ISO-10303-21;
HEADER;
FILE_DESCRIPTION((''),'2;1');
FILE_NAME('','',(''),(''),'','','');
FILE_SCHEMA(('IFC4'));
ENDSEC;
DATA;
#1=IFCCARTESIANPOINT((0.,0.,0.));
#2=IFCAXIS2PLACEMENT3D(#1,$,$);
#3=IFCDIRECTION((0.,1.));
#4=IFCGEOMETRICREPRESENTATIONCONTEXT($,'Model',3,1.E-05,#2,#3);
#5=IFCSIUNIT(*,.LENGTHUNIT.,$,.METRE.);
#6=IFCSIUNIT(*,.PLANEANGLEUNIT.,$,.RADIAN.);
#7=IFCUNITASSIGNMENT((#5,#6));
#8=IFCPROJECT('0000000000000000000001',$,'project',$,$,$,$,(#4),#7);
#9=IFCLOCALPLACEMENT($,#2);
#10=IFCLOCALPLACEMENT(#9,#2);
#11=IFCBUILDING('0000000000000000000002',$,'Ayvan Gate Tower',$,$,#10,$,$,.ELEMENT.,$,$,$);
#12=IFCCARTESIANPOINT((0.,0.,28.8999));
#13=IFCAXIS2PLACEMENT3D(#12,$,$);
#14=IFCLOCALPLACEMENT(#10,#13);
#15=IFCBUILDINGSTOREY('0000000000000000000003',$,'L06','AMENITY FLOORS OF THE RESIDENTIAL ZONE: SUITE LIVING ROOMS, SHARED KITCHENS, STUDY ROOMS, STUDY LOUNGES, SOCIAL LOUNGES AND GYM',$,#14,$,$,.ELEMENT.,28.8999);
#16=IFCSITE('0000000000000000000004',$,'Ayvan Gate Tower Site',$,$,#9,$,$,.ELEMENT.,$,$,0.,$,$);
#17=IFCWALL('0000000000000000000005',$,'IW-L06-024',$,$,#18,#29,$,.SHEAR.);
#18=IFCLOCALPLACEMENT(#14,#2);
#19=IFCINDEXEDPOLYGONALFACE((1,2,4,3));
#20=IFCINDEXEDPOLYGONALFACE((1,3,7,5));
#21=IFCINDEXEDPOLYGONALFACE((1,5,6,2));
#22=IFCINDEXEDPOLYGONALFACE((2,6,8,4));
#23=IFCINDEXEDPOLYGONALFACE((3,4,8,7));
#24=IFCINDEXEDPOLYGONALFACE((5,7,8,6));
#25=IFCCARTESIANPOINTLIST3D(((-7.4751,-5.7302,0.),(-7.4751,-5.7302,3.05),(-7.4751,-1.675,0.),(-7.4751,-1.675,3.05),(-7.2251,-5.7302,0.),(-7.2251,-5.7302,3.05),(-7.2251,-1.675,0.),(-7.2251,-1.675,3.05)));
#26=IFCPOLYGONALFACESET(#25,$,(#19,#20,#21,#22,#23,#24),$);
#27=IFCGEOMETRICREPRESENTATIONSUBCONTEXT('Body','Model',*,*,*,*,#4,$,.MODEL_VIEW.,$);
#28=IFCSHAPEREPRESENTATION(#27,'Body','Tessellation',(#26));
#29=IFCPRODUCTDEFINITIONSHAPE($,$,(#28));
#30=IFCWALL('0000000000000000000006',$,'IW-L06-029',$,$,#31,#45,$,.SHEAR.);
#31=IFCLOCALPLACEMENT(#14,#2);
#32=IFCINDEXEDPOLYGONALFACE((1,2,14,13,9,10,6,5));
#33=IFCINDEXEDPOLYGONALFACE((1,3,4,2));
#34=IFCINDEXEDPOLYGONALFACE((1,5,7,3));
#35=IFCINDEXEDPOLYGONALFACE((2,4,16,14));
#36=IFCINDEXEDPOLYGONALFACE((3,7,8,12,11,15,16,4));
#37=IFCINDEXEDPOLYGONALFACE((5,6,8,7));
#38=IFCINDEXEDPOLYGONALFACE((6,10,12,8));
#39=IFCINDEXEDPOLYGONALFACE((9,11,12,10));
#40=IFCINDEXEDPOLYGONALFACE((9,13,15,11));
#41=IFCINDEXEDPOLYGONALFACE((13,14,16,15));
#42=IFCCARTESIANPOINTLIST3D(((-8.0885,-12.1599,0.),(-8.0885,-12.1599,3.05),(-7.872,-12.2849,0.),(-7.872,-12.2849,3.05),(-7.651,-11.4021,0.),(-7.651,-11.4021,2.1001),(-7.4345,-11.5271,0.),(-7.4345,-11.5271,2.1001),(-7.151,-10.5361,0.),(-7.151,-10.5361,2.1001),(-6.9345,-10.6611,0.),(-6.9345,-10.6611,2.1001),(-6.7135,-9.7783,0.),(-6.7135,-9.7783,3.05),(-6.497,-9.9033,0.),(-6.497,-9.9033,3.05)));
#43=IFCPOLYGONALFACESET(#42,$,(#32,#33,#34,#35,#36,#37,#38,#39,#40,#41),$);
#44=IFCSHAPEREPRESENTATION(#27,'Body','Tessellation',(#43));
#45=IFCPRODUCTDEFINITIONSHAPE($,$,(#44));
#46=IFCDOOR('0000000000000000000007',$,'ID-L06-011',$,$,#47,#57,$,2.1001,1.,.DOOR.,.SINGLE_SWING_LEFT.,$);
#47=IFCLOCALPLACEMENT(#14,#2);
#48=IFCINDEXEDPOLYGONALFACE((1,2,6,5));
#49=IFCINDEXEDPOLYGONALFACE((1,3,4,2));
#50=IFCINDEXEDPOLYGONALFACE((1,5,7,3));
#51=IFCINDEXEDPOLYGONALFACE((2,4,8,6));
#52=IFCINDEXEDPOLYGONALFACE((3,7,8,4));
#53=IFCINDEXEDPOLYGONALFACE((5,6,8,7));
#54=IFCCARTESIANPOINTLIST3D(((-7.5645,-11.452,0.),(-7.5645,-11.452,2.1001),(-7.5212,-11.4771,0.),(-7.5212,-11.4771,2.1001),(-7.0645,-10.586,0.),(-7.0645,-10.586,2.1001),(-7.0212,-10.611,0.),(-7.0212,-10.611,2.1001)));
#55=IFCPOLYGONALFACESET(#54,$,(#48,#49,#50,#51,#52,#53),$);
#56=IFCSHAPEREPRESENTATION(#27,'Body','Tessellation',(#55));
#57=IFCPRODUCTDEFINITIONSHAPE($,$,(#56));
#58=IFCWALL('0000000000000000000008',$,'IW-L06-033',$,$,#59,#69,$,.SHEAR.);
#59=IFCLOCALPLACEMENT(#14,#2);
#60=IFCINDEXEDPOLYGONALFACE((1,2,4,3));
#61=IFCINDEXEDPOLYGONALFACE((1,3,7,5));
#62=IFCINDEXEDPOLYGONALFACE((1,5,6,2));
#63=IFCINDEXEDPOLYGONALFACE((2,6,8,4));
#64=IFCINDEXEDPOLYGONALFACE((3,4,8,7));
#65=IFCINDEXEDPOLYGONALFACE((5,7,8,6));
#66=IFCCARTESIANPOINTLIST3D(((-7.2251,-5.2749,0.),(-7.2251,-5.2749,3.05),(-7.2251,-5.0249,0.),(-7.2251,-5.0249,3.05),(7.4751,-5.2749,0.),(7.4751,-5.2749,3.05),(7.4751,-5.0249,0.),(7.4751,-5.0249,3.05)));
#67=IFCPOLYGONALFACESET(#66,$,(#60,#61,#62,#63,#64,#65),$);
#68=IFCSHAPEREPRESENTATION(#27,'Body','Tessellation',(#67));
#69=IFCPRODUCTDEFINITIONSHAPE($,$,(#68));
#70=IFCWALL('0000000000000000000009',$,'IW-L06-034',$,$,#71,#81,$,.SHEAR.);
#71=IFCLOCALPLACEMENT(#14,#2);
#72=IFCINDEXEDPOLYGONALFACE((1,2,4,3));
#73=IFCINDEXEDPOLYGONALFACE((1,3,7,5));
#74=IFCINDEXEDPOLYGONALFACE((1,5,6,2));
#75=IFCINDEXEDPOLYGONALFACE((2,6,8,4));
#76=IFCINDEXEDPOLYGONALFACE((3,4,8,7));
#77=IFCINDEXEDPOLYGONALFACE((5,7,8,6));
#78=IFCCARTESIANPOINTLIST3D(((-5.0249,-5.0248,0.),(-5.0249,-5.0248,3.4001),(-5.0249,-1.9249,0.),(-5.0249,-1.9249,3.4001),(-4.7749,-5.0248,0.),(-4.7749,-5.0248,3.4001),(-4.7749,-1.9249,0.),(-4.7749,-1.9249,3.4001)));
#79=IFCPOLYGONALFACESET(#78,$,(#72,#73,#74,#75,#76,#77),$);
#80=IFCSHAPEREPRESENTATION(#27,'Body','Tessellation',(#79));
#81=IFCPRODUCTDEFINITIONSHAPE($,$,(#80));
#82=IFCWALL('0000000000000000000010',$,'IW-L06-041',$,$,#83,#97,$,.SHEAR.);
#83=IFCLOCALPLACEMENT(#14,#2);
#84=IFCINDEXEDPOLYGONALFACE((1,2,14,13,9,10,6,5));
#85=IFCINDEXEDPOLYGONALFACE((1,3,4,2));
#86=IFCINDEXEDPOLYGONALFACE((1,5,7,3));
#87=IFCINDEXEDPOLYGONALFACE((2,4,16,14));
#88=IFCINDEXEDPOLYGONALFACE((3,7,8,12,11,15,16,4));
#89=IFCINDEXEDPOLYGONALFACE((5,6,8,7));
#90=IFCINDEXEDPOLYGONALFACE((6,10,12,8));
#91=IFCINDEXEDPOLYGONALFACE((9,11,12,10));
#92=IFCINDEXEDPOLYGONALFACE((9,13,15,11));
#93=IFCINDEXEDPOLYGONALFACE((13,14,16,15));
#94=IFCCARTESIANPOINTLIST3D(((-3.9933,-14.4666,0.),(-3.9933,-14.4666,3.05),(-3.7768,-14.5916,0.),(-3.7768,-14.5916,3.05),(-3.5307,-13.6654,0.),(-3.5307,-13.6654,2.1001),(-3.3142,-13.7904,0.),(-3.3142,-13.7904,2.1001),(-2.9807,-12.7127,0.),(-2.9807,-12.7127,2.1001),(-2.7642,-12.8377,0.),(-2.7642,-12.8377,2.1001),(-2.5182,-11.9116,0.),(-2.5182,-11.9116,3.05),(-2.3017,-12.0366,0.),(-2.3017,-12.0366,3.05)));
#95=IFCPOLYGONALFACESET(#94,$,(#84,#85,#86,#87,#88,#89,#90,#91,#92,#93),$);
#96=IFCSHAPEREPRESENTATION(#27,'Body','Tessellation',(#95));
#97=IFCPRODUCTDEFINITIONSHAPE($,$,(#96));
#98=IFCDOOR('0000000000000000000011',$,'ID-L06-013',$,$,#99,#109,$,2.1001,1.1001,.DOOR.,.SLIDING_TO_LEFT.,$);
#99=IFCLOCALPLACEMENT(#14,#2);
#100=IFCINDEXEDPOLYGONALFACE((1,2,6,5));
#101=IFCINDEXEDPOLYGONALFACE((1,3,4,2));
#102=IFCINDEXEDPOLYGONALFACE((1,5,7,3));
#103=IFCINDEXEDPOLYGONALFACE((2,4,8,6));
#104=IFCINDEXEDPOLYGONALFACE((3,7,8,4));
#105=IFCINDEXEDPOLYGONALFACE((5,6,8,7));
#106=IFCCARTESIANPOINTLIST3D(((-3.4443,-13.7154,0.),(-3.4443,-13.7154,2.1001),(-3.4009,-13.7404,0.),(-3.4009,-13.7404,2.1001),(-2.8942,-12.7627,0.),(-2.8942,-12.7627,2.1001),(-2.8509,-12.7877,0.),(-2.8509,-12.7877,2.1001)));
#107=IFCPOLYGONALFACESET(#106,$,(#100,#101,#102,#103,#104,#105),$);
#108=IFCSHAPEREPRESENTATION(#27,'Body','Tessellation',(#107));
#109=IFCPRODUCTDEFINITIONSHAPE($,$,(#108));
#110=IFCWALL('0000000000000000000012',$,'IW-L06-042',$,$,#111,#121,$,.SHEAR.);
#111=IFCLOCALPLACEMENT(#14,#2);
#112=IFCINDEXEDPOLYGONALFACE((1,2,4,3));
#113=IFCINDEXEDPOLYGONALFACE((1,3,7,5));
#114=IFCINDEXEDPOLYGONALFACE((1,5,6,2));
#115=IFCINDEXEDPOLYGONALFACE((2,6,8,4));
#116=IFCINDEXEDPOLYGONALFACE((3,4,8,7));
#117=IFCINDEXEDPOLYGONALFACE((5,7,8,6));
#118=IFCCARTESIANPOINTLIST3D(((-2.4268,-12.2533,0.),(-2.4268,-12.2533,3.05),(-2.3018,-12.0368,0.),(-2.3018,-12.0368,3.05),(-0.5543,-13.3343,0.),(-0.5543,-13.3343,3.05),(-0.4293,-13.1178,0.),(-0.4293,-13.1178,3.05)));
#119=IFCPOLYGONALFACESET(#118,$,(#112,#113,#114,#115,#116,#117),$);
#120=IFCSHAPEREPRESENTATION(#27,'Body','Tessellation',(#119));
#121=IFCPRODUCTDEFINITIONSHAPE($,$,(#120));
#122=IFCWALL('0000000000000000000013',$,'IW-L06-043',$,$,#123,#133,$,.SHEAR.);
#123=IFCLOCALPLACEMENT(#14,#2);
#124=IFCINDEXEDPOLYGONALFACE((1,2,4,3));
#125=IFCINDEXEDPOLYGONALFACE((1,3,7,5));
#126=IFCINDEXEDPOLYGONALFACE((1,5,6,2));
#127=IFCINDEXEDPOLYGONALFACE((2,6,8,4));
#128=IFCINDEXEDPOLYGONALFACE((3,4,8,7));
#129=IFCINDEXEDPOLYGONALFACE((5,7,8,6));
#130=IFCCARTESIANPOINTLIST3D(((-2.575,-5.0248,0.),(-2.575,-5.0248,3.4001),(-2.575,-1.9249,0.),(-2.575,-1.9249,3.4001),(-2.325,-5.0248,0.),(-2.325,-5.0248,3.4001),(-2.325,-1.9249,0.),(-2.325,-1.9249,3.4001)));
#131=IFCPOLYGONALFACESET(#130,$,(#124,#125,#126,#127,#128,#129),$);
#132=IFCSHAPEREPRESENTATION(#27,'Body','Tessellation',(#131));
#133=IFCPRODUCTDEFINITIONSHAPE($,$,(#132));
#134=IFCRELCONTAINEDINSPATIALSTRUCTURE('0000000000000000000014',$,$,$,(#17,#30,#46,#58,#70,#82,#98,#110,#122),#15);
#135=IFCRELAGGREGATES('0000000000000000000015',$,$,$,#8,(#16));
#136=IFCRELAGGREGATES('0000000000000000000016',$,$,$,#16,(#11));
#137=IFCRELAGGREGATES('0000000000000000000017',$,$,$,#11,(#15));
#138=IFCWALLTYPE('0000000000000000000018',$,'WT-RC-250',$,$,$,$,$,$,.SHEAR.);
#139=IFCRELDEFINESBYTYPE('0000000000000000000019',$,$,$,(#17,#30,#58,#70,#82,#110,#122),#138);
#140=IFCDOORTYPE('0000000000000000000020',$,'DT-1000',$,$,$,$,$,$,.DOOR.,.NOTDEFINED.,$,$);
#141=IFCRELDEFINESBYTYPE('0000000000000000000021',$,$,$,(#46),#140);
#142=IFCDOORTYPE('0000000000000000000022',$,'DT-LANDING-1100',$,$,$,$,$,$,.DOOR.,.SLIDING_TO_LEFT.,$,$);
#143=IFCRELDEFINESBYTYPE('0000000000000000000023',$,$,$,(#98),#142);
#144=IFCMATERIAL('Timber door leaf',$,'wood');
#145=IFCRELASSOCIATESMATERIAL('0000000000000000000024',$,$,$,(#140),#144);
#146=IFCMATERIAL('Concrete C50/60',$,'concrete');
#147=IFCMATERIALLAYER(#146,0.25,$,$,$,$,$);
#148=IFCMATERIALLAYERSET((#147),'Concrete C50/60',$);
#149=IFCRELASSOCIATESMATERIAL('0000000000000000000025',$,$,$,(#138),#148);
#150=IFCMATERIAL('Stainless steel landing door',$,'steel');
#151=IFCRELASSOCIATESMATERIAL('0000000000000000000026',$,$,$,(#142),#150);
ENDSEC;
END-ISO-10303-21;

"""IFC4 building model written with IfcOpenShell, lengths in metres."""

from ifc_helpers import new_model, si_unit, direction, frame, frame_2d, origin, place, context, subcontext, project, spatial, rectangle, extrude, material, layer, layer_set, type_object, element, fill, save


model = new_model("IFC4")

# Units and contexts
model_context = context("Model", 3, precision=1e-05, world=origin(), true_north=direction((0.0, 1.0)))
body_context = subcontext(model_context, "Body", "Model", "MODEL_VIEW")
ifc_project = project(units=[si_unit("LENGTHUNIT", "METRE"), si_unit("PLANEANGLEUNIT", "RADIAN")], contexts=[model_context])

# Site, building, storey
site_placement = place(None, origin())
site = spatial("IfcSite", under=ifc_project, at=site_placement, Name="Ayvan Gate Tower Site", CompositionType="ELEMENT", RefElevation=0.0)
building_placement = place(site_placement, origin())
building = spatial("IfcBuilding", under=site, at=building_placement, Name="Ayvan Gate Tower", CompositionType="ELEMENT")
storey_placement = place(building_placement, frame((0.0, 0.0, 28.8999)))
storey = spatial("IfcBuildingStorey", under=building, at=storey_placement, Name="L06", Description="AMENITY FLOORS OF THE RESIDENTIAL ZONE: SUITE LIVING ROOMS, SHARED KITCHENS, STUDY ROOMS, STUDY LOUNGES, SOCIAL LOUNGES AND GYM", CompositionType="ELEMENT", Elevation=28.8999)

# Shared definitions
ifc_material_1 = material(Name="Timber door leaf", Category="wood")

# Shared definitions
door_type_1 = type_object("IfcDoorType", Name="DT-1000", OperationType="NOTDEFINED", PredefinedType="DOOR", material=ifc_material_1)
ifc_material_2 = material(Name="Concrete C50/60", Category="concrete")
ifc_layer_1 = layer(ifc_material_2, 0.25)
ifc_layer_set_1 = layer_set([ifc_layer_1], Name="Concrete C50/60")
wall_type_1 = type_object("IfcWallType", Name="WT-RC-250", PredefinedType="SHEAR", material=ifc_layer_set_1)

# Wall
wall_1_placement = place(storey_placement, frame((-7.3501, -5.7302, 0.0), z_axis=(0.0, 0.0, 1.0), x_axis=(0.0, 1.0, 0.0)))
element("IfcWall", 1, at=wall_1_placement, inside=storey, type_object=wall_type_1, Name="IW-L06-024", PredefinedType="SHEAR", context=body_context, shape_type="SweptSolid", body=[
    extrude(rectangle(XDim=4.0552, YDim=0.25, at=frame_2d((2.0276, 0.0))), origin(), (0.0, 0.0, 1.0), 3.05),
])

# Wall, opening, door
wall_2_placement = place(storey_placement, frame((-6.6052, -9.8408, 0.0), z_axis=(0.0, 0.0, 1.0), x_axis=(-0.499997, -0.866027, 0.0)))
wall_2 = element("IfcWall", 2, at=wall_2_placement, inside=storey, type_object=wall_type_1, Name="IW-L06-029", PredefinedType="SHEAR", context=body_context, shape_type="SweptSolid", body=[
    extrude(rectangle(XDim=2.75, YDim=0.25, at=frame_2d((1.375, 0.0))), origin(), (0.0, 0.0, 1.0), 3.05),
])
opening_1_placement = place(wall_2_placement, frame((0.875, 0.0, 0.0)))
opening_1 = element("IfcOpeningElement", 3, at=opening_1_placement, cuts=wall_2, PredefinedType="OPENING", context=body_context, shape_type="SweptSolid", body=[
    extrude(rectangle(XDim=1.0, YDim=2.1001, at=frame_2d((0.5, 1.05))), frame((0.0, 0.135, 0.0), z_axis=(0.0, -1.0, 0.0), x_axis=(1.0, 0.0, 0.0)), (0.0, 0.0, 1.0), 0.27),
])
door_1_placement = place(opening_1_placement, origin())
door_1 = element("IfcDoor", 4, at=door_1_placement, inside=storey, type_object=door_type_1, Name="ID-L06-011", OperationType="SINGLE_SWING_LEFT", OverallHeight=2.1001, OverallWidth=1.0, PredefinedType="DOOR", context=body_context, shape_type="SweptSolid", body=[
    extrude(rectangle(XDim=1.0, YDim=2.1001, at=frame_2d((0.5, 1.05))), frame((0.0, 0.0249, 0.0), z_axis=(0.0, -1.0, 0.0), x_axis=(1.0, 0.0, 0.0)), (0.0, 0.0, 1.0), 0.05),
])
fill(opening_1, door_1)

# Walls
wall_3_placement = place(storey_placement, frame((-7.2251, -5.1499, 0.0), z_axis=(0.0, 0.0, 1.0), x_axis=(1.0, 0.0, 0.0)))
element("IfcWall", 5, at=wall_3_placement, inside=storey, type_object=wall_type_1, Name="IW-L06-033", PredefinedType="SHEAR", context=body_context, shape_type="SweptSolid", body=[
    extrude(rectangle(XDim=14.7002, YDim=0.25, at=frame_2d((7.3501, 0.0))), origin(), (0.0, 0.0, 1.0), 3.05),
])
wall_4_placement = place(storey_placement, frame((-4.8999, -1.925, 0.0), z_axis=(0.0, 0.0, 1.0), x_axis=(0.0, -1.0, 0.0)))
element("IfcWall", 6, at=wall_4_placement, inside=storey, type_object=wall_type_1, Name="IW-L06-034", PredefinedType="SHEAR", context=body_context, shape_type="SweptSolid", body=[
    extrude(rectangle(XDim=3.0999, YDim=0.25, at=frame_2d((1.5498, 0.0))), origin(), (0.0, 0.0, 1.0), 3.4001),
])

# Wall, opening, door
wall_5_placement = place(storey_placement, frame((-2.4099, -11.9741, 0.0), z_axis=(0.0, 0.0, 1.0), x_axis=(-0.500002, -0.866024, 0.0)))
wall_5 = element("IfcWall", 7, at=wall_5_placement, inside=storey, type_object=wall_type_1, Name="IW-L06-041", PredefinedType="SHEAR", context=body_context, shape_type="SweptSolid", body=[
    extrude(rectangle(XDim=2.9502, YDim=0.25, at=frame_2d((1.4751, 0.0))), origin(), (0.0, 0.0, 1.0), 3.05),
])
opening_2_placement = place(wall_5_placement, frame((0.925, 0.0, 0.0)))
opening_2 = element("IfcOpeningElement", 8, at=opening_2_placement, cuts=wall_5, PredefinedType="OPENING", context=body_context, shape_type="SweptSolid", body=[
    extrude(rectangle(XDim=1.1001, YDim=2.1001, at=frame_2d((0.55, 1.05))), frame((0.0, 0.135, 0.0), z_axis=(0.0, -1.0, 0.0), x_axis=(1.0, 0.0, 0.0)), (0.0, 0.0, 1.0), 0.27),
])
ifc_material_3 = material(Name="Stainless steel landing door", Category="steel")
door_type_2 = type_object("IfcDoorType", Name="DT-LANDING-1100", OperationType="SLIDING_TO_LEFT", PredefinedType="DOOR", material=ifc_material_3)
door_2_placement = place(opening_2_placement, origin())
door_2 = element("IfcDoor", 9, at=door_2_placement, inside=storey, type_object=door_type_2, Name="ID-L06-013", OperationType="SLIDING_TO_LEFT", OverallHeight=2.1001, OverallWidth=1.1001, PredefinedType="DOOR", context=body_context, shape_type="SweptSolid", body=[
    extrude(rectangle(XDim=1.1001, YDim=2.1001, at=frame_2d((0.55, 1.05))), frame((0.0, 0.0249, 0.0), z_axis=(0.0, -1.0, 0.0), x_axis=(1.0, 0.0, 0.0)), (0.0, 0.0, 1.0), 0.05),
])
fill(opening_2, door_2)

# Walls
wall_6_placement = place(storey_placement, frame((-2.3643, -12.145, 0.0), z_axis=(0.0, 0.0, 1.0), x_axis=(0.866039, -0.499977, 0.0)))
element("IfcWall", 10, at=wall_6_placement, inside=storey, type_object=wall_type_1, Name="IW-L06-042", PredefinedType="SHEAR", context=body_context, shape_type="SweptSolid", body=[
    extrude(rectangle(XDim=2.1621, YDim=0.25, at=frame_2d((1.0811, 0.0))), origin(), (0.0, 0.0, 1.0), 3.05),
])
wall_7_placement = place(storey_placement, frame((-2.45, -1.925, 0.0), z_axis=(0.0, 0.0, 1.0), x_axis=(0.0, -1.0, 0.0)))
element("IfcWall", 11, at=wall_7_placement, inside=storey, type_object=wall_type_1, Name="IW-L06-043", PredefinedType="SHEAR", context=body_context, shape_type="SweptSolid", body=[
    extrude(rectangle(XDim=3.0999, YDim=0.25, at=frame_2d((1.5498, 0.0))), origin(), (0.0, 0.0, 1.0), 3.4001),
])

save(model, "model.ifc")
